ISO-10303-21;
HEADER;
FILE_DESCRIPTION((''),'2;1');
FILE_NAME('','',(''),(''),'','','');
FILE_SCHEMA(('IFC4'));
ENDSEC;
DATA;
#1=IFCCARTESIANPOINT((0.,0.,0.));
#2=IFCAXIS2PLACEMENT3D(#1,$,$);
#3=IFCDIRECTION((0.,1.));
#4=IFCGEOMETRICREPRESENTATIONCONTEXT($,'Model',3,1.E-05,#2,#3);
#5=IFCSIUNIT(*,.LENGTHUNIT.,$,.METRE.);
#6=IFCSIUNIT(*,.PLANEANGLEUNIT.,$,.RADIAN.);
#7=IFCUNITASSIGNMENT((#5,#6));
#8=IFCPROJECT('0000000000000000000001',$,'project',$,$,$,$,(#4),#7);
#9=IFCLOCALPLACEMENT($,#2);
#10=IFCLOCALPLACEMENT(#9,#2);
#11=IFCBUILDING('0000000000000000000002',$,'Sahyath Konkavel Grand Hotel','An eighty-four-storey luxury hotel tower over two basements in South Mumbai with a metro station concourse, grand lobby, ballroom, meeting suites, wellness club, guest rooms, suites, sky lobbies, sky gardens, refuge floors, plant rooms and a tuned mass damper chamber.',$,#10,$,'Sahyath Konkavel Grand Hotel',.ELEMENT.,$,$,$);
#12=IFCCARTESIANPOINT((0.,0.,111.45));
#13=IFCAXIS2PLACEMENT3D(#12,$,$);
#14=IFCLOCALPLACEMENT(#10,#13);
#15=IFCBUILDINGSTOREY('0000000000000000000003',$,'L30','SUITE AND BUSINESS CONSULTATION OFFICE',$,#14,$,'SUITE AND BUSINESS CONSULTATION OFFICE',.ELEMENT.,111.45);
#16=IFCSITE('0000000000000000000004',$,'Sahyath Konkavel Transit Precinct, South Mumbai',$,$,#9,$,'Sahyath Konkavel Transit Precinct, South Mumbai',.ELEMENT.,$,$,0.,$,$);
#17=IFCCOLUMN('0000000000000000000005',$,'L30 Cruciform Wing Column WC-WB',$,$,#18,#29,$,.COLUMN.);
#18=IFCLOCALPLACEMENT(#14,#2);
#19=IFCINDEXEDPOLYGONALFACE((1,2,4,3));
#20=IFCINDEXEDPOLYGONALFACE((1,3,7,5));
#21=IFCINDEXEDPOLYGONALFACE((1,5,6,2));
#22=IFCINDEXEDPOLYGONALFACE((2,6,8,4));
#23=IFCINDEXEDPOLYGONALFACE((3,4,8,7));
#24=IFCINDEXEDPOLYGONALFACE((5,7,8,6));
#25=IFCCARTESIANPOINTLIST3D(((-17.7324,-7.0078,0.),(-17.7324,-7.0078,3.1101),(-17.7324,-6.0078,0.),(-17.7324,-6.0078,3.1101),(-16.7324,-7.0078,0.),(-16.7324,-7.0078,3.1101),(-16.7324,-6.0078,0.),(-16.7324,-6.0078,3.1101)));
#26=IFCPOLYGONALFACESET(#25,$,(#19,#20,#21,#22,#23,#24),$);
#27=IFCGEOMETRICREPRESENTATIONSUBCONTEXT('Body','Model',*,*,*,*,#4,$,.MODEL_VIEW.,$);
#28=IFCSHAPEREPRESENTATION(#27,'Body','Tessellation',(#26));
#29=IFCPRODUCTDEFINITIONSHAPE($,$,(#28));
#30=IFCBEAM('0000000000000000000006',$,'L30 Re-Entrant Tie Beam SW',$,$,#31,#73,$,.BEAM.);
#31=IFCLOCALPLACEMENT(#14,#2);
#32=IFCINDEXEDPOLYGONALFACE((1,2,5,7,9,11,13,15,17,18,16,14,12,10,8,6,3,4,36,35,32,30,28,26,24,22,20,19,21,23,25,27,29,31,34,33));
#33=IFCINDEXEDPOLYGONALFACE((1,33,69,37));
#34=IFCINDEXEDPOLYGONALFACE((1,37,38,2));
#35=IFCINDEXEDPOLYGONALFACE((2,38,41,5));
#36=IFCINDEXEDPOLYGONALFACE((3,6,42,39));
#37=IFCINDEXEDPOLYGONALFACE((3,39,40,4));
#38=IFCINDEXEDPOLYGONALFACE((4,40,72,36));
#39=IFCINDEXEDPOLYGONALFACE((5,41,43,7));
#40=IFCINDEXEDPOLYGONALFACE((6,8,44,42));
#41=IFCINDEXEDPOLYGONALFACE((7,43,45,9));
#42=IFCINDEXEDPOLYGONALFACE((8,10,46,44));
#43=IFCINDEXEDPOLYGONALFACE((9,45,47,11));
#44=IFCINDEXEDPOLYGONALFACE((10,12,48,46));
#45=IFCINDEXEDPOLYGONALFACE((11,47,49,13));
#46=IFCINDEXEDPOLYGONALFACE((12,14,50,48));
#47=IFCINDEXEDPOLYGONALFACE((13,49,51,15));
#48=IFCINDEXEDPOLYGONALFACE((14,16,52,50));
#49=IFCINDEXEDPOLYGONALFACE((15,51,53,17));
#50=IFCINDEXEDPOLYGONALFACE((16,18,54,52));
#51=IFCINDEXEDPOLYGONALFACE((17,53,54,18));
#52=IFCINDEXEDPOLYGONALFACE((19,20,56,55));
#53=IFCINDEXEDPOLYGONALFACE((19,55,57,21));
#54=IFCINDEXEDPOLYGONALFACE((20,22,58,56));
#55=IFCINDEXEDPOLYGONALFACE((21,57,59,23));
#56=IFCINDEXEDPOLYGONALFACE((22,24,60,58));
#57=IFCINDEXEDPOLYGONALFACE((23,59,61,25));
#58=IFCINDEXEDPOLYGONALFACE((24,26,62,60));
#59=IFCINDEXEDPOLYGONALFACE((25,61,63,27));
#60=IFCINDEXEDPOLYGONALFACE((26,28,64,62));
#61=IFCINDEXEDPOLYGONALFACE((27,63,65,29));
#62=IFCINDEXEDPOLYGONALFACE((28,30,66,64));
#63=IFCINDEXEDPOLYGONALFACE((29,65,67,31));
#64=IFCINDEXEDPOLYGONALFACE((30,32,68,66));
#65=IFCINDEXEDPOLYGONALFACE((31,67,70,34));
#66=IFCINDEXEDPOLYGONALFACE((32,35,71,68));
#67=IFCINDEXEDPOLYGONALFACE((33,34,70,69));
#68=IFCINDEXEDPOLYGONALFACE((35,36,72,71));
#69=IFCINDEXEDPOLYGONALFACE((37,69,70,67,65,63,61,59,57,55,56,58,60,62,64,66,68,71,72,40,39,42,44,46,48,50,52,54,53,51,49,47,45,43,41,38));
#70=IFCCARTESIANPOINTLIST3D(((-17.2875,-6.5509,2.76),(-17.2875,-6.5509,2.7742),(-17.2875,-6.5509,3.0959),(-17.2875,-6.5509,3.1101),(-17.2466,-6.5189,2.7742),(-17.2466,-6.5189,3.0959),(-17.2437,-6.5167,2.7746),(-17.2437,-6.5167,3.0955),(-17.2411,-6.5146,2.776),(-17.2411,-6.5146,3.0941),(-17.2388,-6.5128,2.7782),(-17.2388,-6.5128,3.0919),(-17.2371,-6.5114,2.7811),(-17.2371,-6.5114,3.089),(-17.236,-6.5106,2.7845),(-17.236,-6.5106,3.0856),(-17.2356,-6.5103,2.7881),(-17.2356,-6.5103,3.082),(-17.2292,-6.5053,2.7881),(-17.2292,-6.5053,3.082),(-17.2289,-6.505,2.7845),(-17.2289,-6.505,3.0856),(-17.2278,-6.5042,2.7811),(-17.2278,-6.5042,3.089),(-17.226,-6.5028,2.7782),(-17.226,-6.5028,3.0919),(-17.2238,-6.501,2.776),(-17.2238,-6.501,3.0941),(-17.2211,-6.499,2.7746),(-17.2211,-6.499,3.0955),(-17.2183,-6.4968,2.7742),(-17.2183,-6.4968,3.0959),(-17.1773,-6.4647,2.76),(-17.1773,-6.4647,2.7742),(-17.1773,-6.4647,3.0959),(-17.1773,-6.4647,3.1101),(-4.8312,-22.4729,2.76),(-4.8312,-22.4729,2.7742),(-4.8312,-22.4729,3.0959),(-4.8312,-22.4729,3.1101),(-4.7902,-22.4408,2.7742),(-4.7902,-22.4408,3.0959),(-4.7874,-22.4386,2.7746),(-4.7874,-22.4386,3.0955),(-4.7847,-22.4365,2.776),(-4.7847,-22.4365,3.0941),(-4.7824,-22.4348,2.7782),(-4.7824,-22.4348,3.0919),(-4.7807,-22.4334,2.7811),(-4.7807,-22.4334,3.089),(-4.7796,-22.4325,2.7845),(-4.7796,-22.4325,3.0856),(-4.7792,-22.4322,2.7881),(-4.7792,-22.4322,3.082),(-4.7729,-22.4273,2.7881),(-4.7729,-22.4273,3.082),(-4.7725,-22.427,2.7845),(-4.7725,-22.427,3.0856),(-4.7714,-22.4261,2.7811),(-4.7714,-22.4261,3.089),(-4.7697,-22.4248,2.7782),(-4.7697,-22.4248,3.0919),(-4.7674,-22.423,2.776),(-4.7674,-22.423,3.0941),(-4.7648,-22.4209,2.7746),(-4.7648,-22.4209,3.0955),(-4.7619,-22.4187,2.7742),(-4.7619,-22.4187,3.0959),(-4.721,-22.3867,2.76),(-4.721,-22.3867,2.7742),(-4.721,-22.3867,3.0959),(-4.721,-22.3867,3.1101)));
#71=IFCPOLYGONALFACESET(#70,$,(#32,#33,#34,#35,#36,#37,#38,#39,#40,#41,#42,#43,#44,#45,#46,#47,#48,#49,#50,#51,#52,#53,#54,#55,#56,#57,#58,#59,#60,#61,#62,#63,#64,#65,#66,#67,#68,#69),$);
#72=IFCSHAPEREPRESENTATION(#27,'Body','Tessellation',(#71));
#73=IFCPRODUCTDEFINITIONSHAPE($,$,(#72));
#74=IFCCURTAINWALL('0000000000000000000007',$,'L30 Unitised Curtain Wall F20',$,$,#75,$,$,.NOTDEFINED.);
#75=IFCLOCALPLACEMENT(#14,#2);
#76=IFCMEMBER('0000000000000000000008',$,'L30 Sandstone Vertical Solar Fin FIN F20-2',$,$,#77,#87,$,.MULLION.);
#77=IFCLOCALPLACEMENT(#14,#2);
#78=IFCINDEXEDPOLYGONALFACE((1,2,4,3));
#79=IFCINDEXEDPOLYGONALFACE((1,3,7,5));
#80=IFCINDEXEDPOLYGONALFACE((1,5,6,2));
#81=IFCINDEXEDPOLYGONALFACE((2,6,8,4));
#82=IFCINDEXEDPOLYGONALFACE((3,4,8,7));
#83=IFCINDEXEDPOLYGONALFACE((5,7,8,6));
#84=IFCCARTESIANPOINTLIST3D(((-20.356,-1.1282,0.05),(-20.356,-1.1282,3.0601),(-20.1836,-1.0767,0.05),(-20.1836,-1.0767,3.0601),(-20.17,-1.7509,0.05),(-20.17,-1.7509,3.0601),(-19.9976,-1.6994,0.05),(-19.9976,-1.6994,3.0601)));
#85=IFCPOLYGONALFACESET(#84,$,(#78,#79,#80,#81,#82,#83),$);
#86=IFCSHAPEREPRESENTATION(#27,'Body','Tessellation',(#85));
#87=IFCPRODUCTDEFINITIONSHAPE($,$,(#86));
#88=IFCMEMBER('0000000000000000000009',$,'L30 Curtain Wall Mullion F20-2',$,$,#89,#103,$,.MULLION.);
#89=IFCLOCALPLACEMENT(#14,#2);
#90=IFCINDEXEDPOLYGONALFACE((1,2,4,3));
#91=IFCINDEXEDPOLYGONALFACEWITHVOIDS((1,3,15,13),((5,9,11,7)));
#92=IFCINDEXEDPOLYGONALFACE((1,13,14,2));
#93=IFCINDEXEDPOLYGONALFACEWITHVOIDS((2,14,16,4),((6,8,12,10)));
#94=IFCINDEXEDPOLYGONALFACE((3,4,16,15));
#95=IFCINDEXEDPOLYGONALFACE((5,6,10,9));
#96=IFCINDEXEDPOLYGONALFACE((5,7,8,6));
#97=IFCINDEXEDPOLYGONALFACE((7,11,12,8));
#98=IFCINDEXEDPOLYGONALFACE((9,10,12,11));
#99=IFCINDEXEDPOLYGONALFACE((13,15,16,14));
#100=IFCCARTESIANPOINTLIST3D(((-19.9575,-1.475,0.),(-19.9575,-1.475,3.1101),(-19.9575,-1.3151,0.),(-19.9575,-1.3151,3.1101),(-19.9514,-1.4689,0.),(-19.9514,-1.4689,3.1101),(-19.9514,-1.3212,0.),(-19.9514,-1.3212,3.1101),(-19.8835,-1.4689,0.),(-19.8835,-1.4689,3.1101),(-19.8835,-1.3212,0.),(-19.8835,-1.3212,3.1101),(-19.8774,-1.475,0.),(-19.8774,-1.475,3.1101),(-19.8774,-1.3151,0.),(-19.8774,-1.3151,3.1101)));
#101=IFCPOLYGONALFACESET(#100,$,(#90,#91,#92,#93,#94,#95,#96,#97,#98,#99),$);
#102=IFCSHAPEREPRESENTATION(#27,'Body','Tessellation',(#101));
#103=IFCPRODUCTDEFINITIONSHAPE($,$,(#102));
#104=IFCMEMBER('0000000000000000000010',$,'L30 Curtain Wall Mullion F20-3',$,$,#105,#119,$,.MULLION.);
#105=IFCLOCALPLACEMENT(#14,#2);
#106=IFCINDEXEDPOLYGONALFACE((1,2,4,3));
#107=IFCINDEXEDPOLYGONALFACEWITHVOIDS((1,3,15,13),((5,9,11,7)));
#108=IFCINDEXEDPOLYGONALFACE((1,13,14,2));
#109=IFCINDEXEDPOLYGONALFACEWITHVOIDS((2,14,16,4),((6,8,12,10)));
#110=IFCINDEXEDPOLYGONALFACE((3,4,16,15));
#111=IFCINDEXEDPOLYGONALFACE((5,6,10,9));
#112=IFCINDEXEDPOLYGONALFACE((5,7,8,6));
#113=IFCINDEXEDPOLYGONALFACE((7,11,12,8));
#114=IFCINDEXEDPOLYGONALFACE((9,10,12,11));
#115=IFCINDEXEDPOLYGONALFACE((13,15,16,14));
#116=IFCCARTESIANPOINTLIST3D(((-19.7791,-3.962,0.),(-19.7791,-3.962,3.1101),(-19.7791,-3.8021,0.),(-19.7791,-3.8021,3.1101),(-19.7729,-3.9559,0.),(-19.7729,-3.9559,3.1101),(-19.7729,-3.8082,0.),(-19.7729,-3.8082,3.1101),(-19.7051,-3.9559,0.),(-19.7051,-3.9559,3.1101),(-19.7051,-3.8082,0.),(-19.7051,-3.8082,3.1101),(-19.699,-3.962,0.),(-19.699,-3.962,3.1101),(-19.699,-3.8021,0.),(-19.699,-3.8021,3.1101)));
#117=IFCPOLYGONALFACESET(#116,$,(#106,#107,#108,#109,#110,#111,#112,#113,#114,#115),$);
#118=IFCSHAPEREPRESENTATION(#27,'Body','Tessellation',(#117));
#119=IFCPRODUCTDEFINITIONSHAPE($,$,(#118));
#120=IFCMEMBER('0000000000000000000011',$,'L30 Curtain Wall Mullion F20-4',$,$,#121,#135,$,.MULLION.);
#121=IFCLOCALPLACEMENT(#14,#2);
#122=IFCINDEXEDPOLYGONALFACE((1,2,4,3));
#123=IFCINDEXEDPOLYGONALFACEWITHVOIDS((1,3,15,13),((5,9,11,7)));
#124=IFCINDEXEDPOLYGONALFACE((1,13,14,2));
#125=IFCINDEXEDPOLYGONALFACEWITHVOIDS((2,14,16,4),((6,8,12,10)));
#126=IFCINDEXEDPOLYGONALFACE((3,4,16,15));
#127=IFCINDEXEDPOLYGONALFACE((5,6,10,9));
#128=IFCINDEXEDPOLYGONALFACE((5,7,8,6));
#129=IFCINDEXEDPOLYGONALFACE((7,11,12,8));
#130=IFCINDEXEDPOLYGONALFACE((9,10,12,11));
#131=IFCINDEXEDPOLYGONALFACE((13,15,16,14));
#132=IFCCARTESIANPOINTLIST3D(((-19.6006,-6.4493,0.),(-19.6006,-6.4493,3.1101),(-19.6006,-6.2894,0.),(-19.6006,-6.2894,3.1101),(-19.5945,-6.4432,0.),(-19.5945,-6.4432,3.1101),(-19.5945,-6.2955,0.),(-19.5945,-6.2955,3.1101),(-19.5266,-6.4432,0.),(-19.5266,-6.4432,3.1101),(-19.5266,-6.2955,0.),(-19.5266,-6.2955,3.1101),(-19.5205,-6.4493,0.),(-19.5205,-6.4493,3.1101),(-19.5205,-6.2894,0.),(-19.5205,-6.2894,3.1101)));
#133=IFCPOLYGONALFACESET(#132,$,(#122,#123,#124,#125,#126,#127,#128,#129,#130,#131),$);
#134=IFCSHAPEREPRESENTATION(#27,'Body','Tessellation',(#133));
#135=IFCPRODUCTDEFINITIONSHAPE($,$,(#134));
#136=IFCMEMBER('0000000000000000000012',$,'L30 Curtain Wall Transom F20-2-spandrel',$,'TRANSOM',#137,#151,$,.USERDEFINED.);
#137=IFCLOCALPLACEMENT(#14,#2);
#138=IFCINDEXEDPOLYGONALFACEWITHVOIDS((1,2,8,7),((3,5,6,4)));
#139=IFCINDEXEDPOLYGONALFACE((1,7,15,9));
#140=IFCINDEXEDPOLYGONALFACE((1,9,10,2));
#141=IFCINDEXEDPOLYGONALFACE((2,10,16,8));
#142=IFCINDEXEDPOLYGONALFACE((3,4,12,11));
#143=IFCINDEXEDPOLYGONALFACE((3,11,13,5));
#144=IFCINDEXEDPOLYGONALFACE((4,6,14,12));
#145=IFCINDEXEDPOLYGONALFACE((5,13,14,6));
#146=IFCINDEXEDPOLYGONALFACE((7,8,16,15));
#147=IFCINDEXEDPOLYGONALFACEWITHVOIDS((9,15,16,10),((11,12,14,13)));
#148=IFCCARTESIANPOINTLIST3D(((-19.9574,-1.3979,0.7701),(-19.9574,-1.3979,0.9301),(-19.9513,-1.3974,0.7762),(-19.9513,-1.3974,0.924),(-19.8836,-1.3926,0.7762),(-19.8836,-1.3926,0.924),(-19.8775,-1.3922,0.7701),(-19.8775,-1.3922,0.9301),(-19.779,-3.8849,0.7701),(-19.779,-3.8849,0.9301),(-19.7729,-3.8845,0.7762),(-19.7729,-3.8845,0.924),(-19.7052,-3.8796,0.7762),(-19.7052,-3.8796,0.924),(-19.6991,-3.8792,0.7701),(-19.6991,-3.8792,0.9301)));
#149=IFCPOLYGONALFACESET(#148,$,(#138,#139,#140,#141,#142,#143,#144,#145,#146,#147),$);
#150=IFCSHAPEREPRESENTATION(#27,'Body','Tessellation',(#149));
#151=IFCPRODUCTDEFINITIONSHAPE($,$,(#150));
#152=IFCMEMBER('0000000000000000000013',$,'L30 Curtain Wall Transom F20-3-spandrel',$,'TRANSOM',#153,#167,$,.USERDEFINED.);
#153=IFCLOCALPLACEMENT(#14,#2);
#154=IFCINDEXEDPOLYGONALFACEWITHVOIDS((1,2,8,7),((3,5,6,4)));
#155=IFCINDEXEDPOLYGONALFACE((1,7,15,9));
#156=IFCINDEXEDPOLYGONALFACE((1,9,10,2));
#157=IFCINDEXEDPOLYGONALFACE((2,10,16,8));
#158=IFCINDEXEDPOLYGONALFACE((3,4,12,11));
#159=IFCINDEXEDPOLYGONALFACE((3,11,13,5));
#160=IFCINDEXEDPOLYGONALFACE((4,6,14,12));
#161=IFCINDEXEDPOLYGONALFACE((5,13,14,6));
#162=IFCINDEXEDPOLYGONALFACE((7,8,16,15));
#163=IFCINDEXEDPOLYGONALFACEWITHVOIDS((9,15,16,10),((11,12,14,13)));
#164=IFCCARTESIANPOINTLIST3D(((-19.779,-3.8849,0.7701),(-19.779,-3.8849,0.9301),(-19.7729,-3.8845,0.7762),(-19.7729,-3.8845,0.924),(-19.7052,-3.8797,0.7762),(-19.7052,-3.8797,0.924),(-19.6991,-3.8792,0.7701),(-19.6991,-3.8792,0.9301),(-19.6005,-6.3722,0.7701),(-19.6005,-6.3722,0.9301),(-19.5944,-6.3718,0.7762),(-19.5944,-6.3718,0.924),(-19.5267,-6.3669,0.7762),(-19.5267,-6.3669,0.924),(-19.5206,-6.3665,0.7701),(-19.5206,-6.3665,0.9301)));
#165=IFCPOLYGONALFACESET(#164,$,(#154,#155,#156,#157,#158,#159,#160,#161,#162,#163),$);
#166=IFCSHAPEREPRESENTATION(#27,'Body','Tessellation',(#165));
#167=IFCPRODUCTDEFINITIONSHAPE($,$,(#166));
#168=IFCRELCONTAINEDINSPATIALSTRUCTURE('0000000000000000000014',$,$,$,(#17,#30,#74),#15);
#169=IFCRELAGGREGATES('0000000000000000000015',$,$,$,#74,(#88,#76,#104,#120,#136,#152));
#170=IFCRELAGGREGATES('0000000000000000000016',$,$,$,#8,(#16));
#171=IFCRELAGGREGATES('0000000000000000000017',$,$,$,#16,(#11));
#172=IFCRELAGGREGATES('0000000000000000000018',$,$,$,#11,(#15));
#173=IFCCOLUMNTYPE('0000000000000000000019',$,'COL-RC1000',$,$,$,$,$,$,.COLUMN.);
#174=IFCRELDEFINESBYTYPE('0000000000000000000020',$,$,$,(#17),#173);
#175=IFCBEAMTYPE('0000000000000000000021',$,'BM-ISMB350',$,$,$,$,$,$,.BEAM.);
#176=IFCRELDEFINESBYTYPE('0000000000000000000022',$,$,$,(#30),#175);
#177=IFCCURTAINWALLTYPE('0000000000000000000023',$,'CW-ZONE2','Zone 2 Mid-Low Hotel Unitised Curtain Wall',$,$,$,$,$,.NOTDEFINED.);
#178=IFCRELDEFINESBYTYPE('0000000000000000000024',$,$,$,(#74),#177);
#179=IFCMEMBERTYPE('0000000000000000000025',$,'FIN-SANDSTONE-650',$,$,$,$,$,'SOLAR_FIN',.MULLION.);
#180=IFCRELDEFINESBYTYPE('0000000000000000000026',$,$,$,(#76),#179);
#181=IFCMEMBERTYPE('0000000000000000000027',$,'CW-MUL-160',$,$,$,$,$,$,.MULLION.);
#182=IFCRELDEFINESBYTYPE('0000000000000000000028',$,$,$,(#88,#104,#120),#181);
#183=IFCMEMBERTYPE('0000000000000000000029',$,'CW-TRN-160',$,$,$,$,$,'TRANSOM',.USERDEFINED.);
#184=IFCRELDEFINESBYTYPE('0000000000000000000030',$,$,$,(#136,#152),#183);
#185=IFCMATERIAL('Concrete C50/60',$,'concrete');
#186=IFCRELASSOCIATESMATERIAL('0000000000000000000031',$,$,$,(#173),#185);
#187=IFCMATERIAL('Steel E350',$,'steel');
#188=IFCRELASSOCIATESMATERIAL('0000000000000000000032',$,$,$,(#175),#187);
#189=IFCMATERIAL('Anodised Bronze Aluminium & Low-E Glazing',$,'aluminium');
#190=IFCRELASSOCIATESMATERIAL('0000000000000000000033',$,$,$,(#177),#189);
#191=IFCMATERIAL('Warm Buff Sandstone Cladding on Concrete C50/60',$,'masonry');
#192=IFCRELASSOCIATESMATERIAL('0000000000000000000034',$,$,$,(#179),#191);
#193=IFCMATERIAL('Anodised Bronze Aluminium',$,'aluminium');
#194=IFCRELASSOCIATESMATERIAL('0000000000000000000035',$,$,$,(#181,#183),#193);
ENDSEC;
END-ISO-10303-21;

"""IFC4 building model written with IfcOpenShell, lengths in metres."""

from ifc_helpers import new_model, si_unit, direction, frame, origin, origin_2d, place, context, subcontext, project, spatial, rectangle, hollow_rectangle, i_section, extrude, source, transform, mapped, material, material_profile, profile_set, type_object, element, aggregate, save


model = new_model("IFC4")

# Units and contexts
model_context = context("Model", 3, precision=1e-05, world=origin(), true_north=direction((0.0, 1.0)))
body_context = subcontext(model_context, "Body", "Model", "MODEL_VIEW")
ifc_project = project(units=[si_unit("LENGTHUNIT", "METRE"), si_unit("PLANEANGLEUNIT", "RADIAN")], contexts=[model_context])

# Site, building, storey
site_placement = place(None, origin())
site = spatial("IfcSite", under=ifc_project, at=site_placement, Name="Sahyath Konkavel Transit Precinct, South Mumbai", LongName="Sahyath Konkavel Transit Precinct, South Mumbai", CompositionType="ELEMENT", RefElevation=0.0)
building_placement = place(site_placement, origin())
building = spatial("IfcBuilding", under=site, at=building_placement, Name="Sahyath Konkavel Grand Hotel", Description="An eighty-four-storey luxury hotel tower over two basements in South Mumbai with a metro station concourse, grand lobby, ballroom, meeting suites, wellness club, guest rooms, suites, sky lobbies, sky gardens, refuge floors, plant rooms and a tuned mass damper chamber.", LongName="Sahyath Konkavel Grand Hotel", CompositionType="ELEMENT")
storey_placement = place(building_placement, frame((0.0, 0.0, 111.45)))
storey = spatial("IfcBuildingStorey", under=building, at=storey_placement, Name="L30", Description="SUITE AND BUSINESS CONSULTATION OFFICE", LongName="SUITE AND BUSINESS CONSULTATION OFFICE", CompositionType="ELEMENT", Elevation=111.45)

# Column
ifc_material_1 = material(Name="Concrete C50/60", Category="concrete")
ifc_material_profile_1 = material_profile(ifc_material_1, rectangle(XDim=1.0, YDim=1.0, at=origin_2d()), Name="RC 1000x1000")
ifc_profile_set_1 = profile_set([ifc_material_profile_1], Name="Concrete C50/60")
column_type = type_object("IfcColumnType", Name="COL-RC1000", PredefinedType="COLUMN", material=ifc_profile_set_1)
shared_shape_1 = source(origin(), body_context, "Body", "SweptSolid", [
    extrude(rectangle(XDim=1.0, YDim=1.0, at=origin_2d()), origin(), (0.0, 0.0, 1.0), 3.1101),
])
column_placement = place(storey_placement, frame((-17.2324, -6.5078, 0.0), z_axis=(0.0, 0.0, 1.0), x_axis=(1.0, 0.0, 0.0)))
element("IfcColumn", 1, at=column_placement, inside=storey, type_object=column_type, Name="L30 Cruciform Wing Column WC-WB", PredefinedType="COLUMN", context=body_context, shape_type="MappedRepresentation", body=[
    mapped(shared_shape_1, transform((0.0, 0.0, 0.0), scale=1.0)),
])

# Beam
ifc_material_2 = material(Name="Steel E350", Category="steel")
ifc_material_profile_2 = material_profile(ifc_material_2, i_section(OverallWidth=0.1399, OverallDepth=0.3501, WebThickness=0.0081, FlangeThickness=0.0142, FilletRadius=0.0139, at=origin_2d()), Name="ISMB 350")
ifc_profile_set_2 = profile_set([ifc_material_profile_2], Name="Steel E350")
beam_type_1 = type_object("IfcBeamType", Name="BM-ISMB350", PredefinedType="BEAM", material=ifc_profile_set_2)
shared_shape_2 = source(origin(), body_context, "Body", "SweptSolid", [
    extrude(i_section(OverallWidth=0.1399, OverallDepth=0.3501, WebThickness=0.0081, FlangeThickness=0.0142, FilletRadius=0.0139, at=origin_2d()), origin(), (0.0, 0.0, 1.0), 20.2156),
])
beam_1_placement = place(storey_placement, frame((-17.2324, -6.5078, 2.9351), z_axis=(0.616176, -0.787608, 0.0), x_axis=(0.787608, 0.616176, 0.0)))
element("IfcBeam", 2, at=beam_1_placement, inside=storey, type_object=beam_type_1, Name="L30 Re-Entrant Tie Beam SW", PredefinedType="BEAM", context=body_context, shape_type="MappedRepresentation", body=[
    mapped(shared_shape_2, transform((0.0, 0.0, 0.0), scale=1.0)),
])

# Curtain wall, members
ifc_material_3 = material(Name="Anodised Bronze Aluminium & Low-E Glazing", Category="aluminium")
curtain_wall_type = type_object("IfcCurtainWallType", Name="CW-ZONE2", Description="Zone 2 Mid-Low Hotel Unitised Curtain Wall", PredefinedType="NOTDEFINED", material=ifc_material_3)
curtain_wall_1_placement = place(storey_placement, origin())
curtain_wall_1 = element("IfcCurtainWall", 3, at=curtain_wall_1_placement, inside=storey, type_object=curtain_wall_type, Name="L30 Unitised Curtain Wall F20", PredefinedType="NOTDEFINED")
ifc_material_4 = material(Name="Warm Buff Sandstone Cladding on Concrete C50/60", Category="masonry")
ifc_material_profile_3 = material_profile(ifc_material_4, rectangle(XDim=0.1799, YDim=0.6499, at=origin_2d()), Name="FIN 180x650")
ifc_profile_set_3 = profile_set([ifc_material_profile_3], Name="Warm Buff Sandstone Cladding on Concrete C50/60")
member_type_1 = type_object("IfcMemberType", Name="FIN-SANDSTONE-650", ElementType="SOLAR_FIN", PredefinedType="MULLION", material=ifc_profile_set_3)
shared_shape_3 = source(origin(), body_context, "Body", "SweptSolid", [
    extrude(rectangle(XDim=0.1799, YDim=0.6499, at=origin_2d()), origin(), (0.0, 0.0, 1.0), 3.01),
])
member_1_placement = place(storey_placement, frame((-20.1768, -1.4138, 0.05), z_axis=(0.0, 0.0, 1.0), x_axis=(0.958173, 0.28619, 0.0)))
member_1 = element("IfcMember", 4, at=member_1_placement, type_object=member_type_1, Name="L30 Sandstone Vertical Solar Fin FIN F20-2", PredefinedType="MULLION", context=body_context, shape_type="MappedRepresentation", body=[
    mapped(shared_shape_3, transform((0.0, 0.0, 0.0), scale=1.0)),
])
ifc_material_5 = material(Name="Anodised Bronze Aluminium", Category="aluminium")
ifc_material_profile_4 = material_profile(ifc_material_5, hollow_rectangle(XDim=0.0801, YDim=0.1599, WallThickness=0.0061, at=origin_2d()), Name="RHS 160x80x6")
ifc_profile_set_4 = profile_set([ifc_material_profile_4], Name="Anodised Bronze Aluminium")
member_type_2 = type_object("IfcMemberType", Name="CW-MUL-160", PredefinedType="MULLION", material=ifc_profile_set_4)
shared_shape_4 = source(origin(), body_context, "Body", "SweptSolid", [
    extrude(hollow_rectangle(XDim=0.0801, YDim=0.1599, WallThickness=0.0061, at=origin_2d()), origin(), (0.0, 0.0, 1.0), 3.1101),
])
member_2_placement = place(storey_placement, frame((-19.9175, -1.395, 0.0), z_axis=(0.0, 0.0, 1.0), x_axis=(1.0, 0.0, 0.0)))
member_2 = element("IfcMember", 5, at=member_2_placement, type_object=member_type_2, Name="L30 Curtain Wall Mullion F20-2", PredefinedType="MULLION", context=body_context, shape_type="MappedRepresentation", body=[
    mapped(shared_shape_4, transform((0.0, 0.0, 0.0), scale=1.0)),
])
member_3_placement = place(storey_placement, frame((-19.739, -3.8821, 0.0), z_axis=(0.0, 0.0, 1.0), x_axis=(1.0, 0.0, 0.0)))
member_3 = element("IfcMember", 6, at=member_3_placement, type_object=member_type_2, Name="L30 Curtain Wall Mullion F20-3", PredefinedType="MULLION", context=body_context, shape_type="MappedRepresentation", body=[
    mapped(shared_shape_4, transform((0.0, 0.0, 0.0), scale=1.0)),
])
member_4_placement = place(storey_placement, frame((-19.5605, -6.3694, 0.0), z_axis=(0.0, 0.0, 1.0), x_axis=(1.0, 0.0, 0.0)))
member_4 = element("IfcMember", 7, at=member_4_placement, type_object=member_type_2, Name="L30 Curtain Wall Mullion F20-4", PredefinedType="MULLION", context=body_context, shape_type="MappedRepresentation", body=[
    mapped(shared_shape_4, transform((0.0, 0.0, 0.0), scale=1.0)),
])
ifc_material_profile_5 = material_profile(ifc_material_5, hollow_rectangle(XDim=0.0801, YDim=0.1599, WallThickness=0.0061, at=origin_2d()), Name="RHS 160x80x6")
ifc_profile_set_5 = profile_set([ifc_material_profile_5], Name="Anodised Bronze Aluminium")
member_type_3 = type_object("IfcMemberType", Name="CW-TRN-160", ElementType="TRANSOM", PredefinedType="USERDEFINED", material=ifc_profile_set_5)
shared_shape_5 = source(origin(), body_context, "Body", "SweptSolid", [
    extrude(hollow_rectangle(XDim=0.0801, YDim=0.1599, WallThickness=0.0061, at=origin_2d()), origin(), (0.0, 0.0, 1.0), 2.4934),
])
member_5_placement = place(storey_placement, frame((-19.9175, -1.395, 0.8501), z_axis=(0.071574, -0.997435, 0.0), x_axis=(0.997435, 0.071574, 0.0)))
member_5 = element("IfcMember", 8, at=member_5_placement, type_object=member_type_3, Name="L30 Curtain Wall Transom F20-2-spandrel", ObjectType="TRANSOM", PredefinedType="USERDEFINED", context=body_context, shape_type="MappedRepresentation", body=[
    mapped(shared_shape_5, transform((0.0, 0.0, 0.0), scale=1.0)),
])
shared_shape_6 = source(origin(), body_context, "Body", "SweptSolid", [
    extrude(hollow_rectangle(XDim=0.0801, YDim=0.1599, WallThickness=0.0061, at=origin_2d()), origin(), (0.0, 0.0, 1.0), 2.4937),
])
member_6_placement = place(storey_placement, frame((-19.739, -3.8821, 0.8501), z_axis=(0.071567, -0.997436, 0.0), x_axis=(0.997436, 0.071567, 0.0)))
member_6 = element("IfcMember", 9, at=member_6_placement, type_object=member_type_3, Name="L30 Curtain Wall Transom F20-3-spandrel", ObjectType="TRANSOM", PredefinedType="USERDEFINED", context=body_context, shape_type="MappedRepresentation", body=[
    mapped(shared_shape_6, transform((0.0, 0.0, 0.0), scale=1.0)),
])

aggregate(curtain_wall_1, [member_2, member_1, member_3, member_4, member_5, member_6])

save(model, "model.ifc")
